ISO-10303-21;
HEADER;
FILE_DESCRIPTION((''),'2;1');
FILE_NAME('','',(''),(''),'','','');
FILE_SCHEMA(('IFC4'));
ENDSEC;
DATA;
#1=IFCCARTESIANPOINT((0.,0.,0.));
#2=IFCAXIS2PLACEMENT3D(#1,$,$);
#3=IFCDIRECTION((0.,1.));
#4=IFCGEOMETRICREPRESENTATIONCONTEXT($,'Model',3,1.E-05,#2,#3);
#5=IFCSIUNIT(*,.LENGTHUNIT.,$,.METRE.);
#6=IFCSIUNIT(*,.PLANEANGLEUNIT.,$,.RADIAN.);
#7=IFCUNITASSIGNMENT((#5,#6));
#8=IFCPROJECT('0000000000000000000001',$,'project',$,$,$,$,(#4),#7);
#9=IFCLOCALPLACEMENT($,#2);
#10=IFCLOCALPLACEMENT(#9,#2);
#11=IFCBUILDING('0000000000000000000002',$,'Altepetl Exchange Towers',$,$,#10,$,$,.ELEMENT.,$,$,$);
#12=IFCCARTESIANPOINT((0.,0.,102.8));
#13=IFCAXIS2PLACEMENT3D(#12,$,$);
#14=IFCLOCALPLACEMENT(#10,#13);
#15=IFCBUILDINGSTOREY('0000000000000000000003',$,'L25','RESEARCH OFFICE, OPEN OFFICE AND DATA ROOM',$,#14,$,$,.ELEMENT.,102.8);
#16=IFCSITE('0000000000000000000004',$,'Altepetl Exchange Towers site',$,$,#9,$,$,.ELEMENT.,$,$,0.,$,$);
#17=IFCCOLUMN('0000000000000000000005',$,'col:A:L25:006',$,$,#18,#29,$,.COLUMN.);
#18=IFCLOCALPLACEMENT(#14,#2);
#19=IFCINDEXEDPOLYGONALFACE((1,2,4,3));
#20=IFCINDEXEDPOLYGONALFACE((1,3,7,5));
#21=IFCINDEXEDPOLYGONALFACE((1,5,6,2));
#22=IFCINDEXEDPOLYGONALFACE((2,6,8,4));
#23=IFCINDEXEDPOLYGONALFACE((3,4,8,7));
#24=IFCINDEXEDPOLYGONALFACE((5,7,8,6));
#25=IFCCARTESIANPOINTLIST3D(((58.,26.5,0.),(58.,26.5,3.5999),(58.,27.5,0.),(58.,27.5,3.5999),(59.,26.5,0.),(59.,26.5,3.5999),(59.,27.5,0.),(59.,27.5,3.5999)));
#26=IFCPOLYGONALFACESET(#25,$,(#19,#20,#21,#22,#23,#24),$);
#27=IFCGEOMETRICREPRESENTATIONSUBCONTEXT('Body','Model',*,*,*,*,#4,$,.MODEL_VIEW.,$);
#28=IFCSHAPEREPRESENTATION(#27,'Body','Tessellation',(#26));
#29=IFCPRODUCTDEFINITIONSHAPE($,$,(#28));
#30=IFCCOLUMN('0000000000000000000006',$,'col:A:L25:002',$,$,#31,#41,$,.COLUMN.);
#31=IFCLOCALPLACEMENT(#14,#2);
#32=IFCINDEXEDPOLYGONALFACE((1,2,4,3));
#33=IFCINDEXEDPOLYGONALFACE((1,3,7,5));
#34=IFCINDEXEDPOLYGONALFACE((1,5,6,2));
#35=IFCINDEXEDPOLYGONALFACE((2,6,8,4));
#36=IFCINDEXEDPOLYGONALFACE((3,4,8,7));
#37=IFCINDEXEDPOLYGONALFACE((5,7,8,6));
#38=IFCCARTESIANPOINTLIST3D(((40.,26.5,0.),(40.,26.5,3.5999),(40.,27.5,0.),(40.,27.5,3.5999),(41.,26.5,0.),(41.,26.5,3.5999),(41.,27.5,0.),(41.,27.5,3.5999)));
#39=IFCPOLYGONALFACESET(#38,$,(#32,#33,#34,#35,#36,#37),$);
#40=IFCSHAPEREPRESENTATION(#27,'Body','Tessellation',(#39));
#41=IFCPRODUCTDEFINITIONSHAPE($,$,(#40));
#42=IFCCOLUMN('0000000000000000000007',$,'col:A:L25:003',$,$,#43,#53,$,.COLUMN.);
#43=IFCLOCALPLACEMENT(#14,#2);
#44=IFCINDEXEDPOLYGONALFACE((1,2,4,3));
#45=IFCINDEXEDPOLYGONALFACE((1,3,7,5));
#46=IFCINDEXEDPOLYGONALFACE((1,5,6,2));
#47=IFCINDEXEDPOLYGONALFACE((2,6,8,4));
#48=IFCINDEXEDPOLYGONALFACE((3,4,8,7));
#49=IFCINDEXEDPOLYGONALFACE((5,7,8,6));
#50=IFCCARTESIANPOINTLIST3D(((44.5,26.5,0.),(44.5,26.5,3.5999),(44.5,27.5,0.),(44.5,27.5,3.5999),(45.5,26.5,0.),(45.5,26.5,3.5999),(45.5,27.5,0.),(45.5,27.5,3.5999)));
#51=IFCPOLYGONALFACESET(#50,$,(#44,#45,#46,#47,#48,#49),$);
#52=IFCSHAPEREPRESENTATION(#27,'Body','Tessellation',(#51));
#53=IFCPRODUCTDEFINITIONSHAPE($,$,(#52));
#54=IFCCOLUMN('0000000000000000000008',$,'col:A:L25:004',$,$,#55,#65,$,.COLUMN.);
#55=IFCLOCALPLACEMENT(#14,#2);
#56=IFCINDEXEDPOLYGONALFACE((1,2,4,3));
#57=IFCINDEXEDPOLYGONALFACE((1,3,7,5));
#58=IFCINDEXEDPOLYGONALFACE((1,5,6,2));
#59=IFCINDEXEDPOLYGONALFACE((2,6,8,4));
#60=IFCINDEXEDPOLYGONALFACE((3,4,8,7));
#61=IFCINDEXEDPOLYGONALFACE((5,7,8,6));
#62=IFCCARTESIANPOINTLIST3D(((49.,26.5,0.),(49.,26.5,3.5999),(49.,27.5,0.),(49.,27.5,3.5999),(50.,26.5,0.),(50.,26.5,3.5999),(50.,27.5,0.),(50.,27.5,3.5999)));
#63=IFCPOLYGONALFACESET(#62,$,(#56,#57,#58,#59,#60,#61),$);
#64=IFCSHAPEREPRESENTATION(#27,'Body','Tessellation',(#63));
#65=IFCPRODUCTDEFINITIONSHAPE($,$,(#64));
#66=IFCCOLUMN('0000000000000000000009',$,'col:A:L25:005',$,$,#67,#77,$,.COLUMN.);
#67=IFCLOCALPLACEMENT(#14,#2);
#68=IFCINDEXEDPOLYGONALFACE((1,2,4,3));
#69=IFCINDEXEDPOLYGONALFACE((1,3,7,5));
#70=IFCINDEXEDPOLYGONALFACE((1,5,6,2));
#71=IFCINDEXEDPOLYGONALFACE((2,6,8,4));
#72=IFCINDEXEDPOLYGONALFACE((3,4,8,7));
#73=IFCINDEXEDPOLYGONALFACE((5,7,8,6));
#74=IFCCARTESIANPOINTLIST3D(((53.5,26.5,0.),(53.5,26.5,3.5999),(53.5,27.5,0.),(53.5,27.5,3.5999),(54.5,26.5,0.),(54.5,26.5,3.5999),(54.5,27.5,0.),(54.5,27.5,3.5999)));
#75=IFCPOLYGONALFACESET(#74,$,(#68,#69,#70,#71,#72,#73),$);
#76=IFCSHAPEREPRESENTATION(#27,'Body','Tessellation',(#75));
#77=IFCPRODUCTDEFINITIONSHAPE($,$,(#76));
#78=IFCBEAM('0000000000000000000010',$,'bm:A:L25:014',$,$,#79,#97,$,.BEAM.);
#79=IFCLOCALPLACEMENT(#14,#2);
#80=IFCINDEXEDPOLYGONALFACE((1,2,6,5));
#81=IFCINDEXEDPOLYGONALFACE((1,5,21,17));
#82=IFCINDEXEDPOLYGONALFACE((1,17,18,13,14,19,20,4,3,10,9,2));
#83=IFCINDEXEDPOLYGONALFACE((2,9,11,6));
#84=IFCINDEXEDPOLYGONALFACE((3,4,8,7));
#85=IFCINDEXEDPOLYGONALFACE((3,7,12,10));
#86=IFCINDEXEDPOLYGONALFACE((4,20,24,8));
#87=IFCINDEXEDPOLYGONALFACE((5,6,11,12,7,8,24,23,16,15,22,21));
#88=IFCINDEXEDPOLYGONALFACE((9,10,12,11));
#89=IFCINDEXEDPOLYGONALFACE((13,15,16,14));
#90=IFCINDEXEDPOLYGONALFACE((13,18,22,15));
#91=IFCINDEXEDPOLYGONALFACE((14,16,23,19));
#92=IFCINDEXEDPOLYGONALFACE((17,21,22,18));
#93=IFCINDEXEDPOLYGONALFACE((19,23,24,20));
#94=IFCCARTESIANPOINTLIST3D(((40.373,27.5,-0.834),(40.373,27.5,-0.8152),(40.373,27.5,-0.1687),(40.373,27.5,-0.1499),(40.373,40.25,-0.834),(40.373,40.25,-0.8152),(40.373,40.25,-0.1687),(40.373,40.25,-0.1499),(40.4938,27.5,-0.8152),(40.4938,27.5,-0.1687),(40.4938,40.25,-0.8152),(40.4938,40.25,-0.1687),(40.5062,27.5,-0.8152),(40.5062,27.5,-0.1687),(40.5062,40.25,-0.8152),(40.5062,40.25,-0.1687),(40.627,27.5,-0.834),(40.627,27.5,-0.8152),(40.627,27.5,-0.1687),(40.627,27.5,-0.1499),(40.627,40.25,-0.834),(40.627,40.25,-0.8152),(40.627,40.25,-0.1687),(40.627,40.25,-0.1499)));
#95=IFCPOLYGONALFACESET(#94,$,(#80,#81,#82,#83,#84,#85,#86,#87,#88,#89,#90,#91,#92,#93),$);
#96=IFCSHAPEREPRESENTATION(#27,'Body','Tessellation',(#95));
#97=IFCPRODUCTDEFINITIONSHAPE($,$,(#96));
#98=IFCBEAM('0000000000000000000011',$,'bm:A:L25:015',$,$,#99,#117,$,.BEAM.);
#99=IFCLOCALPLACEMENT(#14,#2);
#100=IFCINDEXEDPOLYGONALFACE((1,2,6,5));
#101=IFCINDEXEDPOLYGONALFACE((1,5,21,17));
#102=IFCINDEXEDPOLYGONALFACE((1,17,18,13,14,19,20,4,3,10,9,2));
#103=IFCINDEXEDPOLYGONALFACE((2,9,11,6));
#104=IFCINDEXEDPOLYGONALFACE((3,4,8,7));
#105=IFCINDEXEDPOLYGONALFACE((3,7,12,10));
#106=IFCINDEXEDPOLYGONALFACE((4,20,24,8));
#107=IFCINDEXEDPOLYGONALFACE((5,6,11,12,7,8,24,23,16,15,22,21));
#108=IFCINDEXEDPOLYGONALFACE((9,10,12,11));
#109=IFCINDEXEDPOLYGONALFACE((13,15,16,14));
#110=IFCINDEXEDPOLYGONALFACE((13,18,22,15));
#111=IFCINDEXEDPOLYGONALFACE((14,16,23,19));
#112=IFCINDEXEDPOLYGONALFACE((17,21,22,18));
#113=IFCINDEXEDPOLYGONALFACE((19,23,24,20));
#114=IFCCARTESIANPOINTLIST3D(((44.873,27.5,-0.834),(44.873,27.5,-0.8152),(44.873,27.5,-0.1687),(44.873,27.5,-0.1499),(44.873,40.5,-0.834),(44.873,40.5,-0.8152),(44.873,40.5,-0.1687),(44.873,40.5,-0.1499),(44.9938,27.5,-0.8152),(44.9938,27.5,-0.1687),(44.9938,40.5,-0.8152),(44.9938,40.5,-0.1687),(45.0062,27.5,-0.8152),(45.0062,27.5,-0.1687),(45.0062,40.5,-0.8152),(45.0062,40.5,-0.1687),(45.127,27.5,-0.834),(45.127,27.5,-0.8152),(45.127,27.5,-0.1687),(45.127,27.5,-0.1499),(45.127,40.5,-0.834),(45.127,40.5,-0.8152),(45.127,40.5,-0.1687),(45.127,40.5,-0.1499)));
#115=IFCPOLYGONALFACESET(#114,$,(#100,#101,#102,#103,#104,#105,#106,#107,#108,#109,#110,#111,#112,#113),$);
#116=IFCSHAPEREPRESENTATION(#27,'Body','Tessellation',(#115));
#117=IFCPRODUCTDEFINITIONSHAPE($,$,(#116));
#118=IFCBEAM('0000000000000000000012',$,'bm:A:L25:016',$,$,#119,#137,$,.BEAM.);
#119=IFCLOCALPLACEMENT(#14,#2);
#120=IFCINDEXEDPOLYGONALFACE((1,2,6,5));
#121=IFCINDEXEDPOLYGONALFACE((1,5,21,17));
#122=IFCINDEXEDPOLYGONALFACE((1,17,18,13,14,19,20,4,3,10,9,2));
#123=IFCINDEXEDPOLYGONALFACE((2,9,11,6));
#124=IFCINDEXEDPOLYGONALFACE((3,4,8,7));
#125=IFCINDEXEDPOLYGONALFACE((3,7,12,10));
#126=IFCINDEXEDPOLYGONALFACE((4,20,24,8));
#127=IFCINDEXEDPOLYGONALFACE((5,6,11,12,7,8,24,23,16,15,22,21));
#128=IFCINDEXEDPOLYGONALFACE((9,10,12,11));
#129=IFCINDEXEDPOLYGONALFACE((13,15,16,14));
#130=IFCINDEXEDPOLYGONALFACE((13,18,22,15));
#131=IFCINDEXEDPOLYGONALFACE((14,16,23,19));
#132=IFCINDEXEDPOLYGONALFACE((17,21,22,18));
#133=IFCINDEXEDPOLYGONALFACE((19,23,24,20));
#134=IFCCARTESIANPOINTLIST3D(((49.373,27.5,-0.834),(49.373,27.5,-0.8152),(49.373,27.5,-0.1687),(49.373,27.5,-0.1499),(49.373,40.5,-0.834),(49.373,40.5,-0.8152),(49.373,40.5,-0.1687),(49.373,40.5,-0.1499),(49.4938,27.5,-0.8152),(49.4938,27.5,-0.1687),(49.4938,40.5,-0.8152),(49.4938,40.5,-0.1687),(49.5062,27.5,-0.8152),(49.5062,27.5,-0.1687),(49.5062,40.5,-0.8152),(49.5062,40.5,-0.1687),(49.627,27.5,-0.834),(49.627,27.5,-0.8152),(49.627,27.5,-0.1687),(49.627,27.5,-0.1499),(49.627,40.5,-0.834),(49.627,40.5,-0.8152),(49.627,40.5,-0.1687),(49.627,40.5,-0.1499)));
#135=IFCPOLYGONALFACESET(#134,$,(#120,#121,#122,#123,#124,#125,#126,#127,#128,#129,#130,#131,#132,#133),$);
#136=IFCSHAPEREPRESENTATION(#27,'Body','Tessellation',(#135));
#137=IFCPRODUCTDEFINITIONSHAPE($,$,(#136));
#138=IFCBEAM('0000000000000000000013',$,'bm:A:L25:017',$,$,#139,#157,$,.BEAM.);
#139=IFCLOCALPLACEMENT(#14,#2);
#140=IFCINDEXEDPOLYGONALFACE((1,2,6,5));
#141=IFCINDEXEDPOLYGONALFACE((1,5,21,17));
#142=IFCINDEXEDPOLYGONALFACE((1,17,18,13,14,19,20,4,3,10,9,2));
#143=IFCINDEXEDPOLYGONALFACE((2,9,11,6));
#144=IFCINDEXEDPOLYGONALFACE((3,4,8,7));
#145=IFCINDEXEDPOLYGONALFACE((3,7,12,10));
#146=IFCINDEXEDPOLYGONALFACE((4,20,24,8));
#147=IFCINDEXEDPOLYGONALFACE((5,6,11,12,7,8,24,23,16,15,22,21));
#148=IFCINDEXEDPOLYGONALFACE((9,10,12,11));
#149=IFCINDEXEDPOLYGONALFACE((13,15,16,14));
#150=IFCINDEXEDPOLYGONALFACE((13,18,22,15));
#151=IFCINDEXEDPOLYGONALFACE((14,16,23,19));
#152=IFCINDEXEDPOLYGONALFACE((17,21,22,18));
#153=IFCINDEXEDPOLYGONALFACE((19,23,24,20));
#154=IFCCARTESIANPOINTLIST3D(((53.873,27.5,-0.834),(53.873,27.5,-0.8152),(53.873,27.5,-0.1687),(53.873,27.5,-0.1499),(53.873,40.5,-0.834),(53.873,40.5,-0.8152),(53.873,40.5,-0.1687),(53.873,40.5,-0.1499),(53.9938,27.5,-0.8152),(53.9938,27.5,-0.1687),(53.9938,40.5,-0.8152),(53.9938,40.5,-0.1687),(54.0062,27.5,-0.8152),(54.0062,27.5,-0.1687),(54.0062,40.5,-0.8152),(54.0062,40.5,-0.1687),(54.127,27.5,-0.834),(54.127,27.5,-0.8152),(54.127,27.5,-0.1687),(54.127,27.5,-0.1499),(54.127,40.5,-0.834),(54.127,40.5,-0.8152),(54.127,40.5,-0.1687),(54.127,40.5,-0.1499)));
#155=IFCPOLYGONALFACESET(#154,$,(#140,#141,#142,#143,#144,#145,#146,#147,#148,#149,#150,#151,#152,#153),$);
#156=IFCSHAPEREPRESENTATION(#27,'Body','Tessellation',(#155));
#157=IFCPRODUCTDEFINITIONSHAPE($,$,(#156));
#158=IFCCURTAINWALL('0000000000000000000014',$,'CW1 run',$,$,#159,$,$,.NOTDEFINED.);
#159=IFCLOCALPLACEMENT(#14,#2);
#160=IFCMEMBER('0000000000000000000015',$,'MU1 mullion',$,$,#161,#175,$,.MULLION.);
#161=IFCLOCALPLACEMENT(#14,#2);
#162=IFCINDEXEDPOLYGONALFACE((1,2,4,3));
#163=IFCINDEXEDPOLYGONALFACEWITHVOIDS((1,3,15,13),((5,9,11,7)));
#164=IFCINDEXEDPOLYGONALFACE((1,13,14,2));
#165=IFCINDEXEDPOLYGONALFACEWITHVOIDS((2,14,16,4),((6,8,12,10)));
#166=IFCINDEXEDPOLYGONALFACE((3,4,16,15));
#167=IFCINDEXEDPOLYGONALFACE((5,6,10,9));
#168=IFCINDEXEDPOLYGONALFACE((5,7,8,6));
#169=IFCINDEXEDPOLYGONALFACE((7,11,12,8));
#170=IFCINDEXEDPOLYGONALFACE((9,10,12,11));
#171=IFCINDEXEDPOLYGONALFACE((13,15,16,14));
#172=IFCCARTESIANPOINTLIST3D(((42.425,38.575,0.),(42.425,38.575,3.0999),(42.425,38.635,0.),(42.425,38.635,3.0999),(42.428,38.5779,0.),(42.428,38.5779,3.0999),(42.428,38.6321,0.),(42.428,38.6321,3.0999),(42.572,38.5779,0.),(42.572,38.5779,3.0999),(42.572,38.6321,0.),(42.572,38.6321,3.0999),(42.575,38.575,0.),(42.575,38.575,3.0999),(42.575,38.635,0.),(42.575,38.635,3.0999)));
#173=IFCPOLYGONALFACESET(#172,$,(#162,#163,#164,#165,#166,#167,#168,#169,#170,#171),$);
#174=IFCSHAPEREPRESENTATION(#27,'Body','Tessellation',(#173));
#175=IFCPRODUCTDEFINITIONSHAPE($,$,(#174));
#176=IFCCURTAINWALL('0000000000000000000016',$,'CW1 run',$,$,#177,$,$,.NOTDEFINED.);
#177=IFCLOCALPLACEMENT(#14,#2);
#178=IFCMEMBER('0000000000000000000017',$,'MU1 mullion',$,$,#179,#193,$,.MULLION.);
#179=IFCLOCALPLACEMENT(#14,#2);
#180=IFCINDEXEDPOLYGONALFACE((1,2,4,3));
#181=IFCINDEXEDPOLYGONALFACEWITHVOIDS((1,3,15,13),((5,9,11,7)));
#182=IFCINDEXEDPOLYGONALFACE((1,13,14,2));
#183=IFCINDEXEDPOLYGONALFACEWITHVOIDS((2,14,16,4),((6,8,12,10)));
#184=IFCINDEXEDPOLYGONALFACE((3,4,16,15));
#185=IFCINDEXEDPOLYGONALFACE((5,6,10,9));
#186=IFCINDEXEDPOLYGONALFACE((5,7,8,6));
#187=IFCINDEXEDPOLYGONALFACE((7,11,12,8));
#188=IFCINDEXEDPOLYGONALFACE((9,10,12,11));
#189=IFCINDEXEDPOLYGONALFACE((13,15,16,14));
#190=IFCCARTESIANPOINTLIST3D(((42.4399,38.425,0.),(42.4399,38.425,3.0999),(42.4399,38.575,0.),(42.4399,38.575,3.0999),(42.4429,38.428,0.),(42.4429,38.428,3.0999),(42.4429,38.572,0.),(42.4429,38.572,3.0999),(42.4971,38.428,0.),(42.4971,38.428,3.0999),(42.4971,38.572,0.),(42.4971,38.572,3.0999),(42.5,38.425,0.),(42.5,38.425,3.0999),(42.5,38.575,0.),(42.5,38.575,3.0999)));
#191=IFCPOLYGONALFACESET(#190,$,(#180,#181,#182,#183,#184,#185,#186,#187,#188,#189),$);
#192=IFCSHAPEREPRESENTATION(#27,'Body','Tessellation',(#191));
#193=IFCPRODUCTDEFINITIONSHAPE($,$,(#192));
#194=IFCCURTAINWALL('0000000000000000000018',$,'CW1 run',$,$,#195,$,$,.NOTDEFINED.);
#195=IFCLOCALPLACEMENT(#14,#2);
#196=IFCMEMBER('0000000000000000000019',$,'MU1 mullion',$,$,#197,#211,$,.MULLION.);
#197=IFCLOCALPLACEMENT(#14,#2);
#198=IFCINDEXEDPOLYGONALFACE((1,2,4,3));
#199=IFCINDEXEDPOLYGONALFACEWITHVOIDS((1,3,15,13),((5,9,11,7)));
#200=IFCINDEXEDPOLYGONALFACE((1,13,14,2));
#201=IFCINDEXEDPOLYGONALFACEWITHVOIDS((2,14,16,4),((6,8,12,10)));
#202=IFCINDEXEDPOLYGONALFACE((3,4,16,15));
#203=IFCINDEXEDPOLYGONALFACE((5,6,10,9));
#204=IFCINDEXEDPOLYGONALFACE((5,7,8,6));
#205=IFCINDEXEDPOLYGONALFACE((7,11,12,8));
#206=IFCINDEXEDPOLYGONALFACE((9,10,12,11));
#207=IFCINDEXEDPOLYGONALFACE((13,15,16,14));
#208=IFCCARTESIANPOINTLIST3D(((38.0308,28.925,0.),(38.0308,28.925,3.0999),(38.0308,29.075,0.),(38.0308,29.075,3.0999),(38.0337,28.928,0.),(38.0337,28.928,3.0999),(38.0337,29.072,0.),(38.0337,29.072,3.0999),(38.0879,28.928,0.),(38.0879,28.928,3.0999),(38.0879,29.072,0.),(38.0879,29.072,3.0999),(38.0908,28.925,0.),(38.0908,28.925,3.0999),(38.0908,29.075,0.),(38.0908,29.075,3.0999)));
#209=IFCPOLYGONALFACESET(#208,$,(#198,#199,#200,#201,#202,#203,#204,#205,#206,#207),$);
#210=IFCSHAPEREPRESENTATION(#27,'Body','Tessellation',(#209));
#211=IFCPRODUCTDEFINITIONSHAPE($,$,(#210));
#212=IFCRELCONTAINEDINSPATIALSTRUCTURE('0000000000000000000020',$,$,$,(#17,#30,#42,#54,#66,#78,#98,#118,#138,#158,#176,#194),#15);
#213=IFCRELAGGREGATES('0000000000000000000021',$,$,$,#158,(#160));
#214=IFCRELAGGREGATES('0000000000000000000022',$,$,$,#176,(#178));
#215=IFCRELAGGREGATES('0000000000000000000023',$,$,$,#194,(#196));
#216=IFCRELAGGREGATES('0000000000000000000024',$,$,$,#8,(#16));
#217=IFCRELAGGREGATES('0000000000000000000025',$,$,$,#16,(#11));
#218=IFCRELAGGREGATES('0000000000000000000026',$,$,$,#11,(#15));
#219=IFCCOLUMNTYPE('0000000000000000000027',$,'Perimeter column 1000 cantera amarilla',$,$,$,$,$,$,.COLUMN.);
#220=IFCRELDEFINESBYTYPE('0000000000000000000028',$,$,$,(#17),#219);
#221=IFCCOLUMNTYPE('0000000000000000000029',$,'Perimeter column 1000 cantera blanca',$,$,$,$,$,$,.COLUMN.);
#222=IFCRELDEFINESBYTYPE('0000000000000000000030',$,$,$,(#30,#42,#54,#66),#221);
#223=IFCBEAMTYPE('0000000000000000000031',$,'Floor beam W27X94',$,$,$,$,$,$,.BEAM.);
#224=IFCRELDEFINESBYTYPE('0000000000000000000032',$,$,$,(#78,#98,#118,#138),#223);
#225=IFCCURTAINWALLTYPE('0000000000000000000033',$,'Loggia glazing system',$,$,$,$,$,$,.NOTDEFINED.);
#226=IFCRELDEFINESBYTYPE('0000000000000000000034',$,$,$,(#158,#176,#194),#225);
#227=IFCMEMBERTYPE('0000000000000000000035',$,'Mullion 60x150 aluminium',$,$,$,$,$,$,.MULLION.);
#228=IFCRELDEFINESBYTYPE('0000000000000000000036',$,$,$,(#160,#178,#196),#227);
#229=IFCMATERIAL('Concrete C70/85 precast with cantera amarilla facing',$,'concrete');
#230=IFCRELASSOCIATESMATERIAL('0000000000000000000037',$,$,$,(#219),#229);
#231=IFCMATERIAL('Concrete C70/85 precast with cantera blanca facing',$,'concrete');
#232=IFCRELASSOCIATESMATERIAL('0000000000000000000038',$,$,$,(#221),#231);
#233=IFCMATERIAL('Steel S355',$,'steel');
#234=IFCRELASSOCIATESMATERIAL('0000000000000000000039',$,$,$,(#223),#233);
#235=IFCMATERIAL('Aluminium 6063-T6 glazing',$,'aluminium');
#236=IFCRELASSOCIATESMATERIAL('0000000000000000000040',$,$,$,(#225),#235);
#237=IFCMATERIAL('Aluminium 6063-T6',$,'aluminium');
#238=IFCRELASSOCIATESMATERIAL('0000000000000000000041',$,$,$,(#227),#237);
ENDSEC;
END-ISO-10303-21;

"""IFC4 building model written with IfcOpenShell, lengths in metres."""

from ifc_helpers import new_model, si_unit, direction, frame, origin, origin_2d, place, context, subcontext, project, spatial, rectangle, hollow_rectangle, i_section, extrude, material, material_profile, profile_set, type_object, element, aggregate, save


model = new_model("IFC4")

# Units and contexts
model_context = context("Model", 3, precision=1e-05, world=origin(), true_north=direction((0.0, 1.0)))
body_context = subcontext(model_context, "Body", "Model", "MODEL_VIEW")
ifc_project = project(units=[si_unit("LENGTHUNIT", "METRE"), si_unit("PLANEANGLEUNIT", "RADIAN")], contexts=[model_context])

# Site, building, storey
site_placement = place(None, origin())
site = spatial("IfcSite", under=ifc_project, at=site_placement, Name="Altepetl Exchange Towers site", CompositionType="ELEMENT", RefElevation=0.0)
building_placement = place(site_placement, origin())
building = spatial("IfcBuilding", under=site, at=building_placement, Name="Altepetl Exchange Towers", CompositionType="ELEMENT")
storey_placement = place(building_placement, frame((0.0, 0.0, 102.8)))
storey = spatial("IfcBuildingStorey", under=building, at=storey_placement, Name="L25", Description="RESEARCH OFFICE, OPEN OFFICE AND DATA ROOM", CompositionType="ELEMENT", Elevation=102.8)

# Columns
ifc_material_1 = material(Name="Concrete C70/85 precast with cantera amarilla facing", Category="concrete")
ifc_material_profile_1 = material_profile(ifc_material_1, rectangle(XDim=1.0, YDim=1.0, at=origin_2d()), Name="1000 x 1000")
ifc_profile_set_1 = profile_set([ifc_material_profile_1], Name="Concrete C70/85 precast with cantera amarilla facing")
column_type_1 = type_object("IfcColumnType", Name="Perimeter column 1000 cantera amarilla", PredefinedType="COLUMN", material=ifc_profile_set_1)
column_placement = place(storey_placement, frame((58.5, 27.0, 0.0)))
element("IfcColumn", 1, at=column_placement, inside=storey, type_object=column_type_1, Name="col:A:L25:006", PredefinedType="COLUMN", context=body_context, shape_type="SweptSolid", body=[
    extrude(rectangle(XDim=1.0, YDim=1.0, at=origin_2d()), origin(), (0.0, 0.0, 1.0), 3.5999),
])
ifc_material_2 = material(Name="Concrete C70/85 precast with cantera blanca facing", Category="concrete")
ifc_material_profile_2 = material_profile(ifc_material_2, rectangle(XDim=1.0, YDim=1.0, at=origin_2d()), Name="1000 x 1000")
ifc_profile_set_2 = profile_set([ifc_material_profile_2], Name="Concrete C70/85 precast with cantera blanca facing")
column_type_2 = type_object("IfcColumnType", Name="Perimeter column 1000 cantera blanca", PredefinedType="COLUMN", material=ifc_profile_set_2)
for number, where, name in (
    (2, (40.5, 27.0, 0.0), "col:A:L25:002"),
    (3, (45.0, 27.0, 0.0), "col:A:L25:003"),
    (4, (49.5, 27.0, 0.0), "col:A:L25:004"),
    (5, (54.0, 27.0, 0.0), "col:A:L25:005"),
):
    element("IfcColumn", number, at=place(storey_placement, frame(where)), inside=storey, type_object=column_type_2, Name=name, PredefinedType="COLUMN", context=body_context, shape_type="SweptSolid", body=[
        extrude(rectangle(XDim=1.0, YDim=1.0, at=origin_2d()), origin(), (0.0, 0.0, 1.0), 3.5999),
    ])

# Beams
ifc_material_3 = material(Name="Steel S355", Category="steel")
ifc_material_profile_3 = material_profile(ifc_material_3, i_section(OverallWidth=0.2539, OverallDepth=0.6841, WebThickness=0.0125, FlangeThickness=0.0188, at=origin_2d()), Name="W27X94")
ifc_profile_set_3 = profile_set([ifc_material_profile_3], Name="Steel S355")
beam_type_1 = type_object("IfcBeamType", Name="Floor beam W27X94", PredefinedType="BEAM", material=ifc_profile_set_3)
beam_placement = place(storey_placement, frame((40.5, 27.5, -0.4919), z_axis=(0.0, 1.0, 0.0), x_axis=(-1.0, 0.0, 0.0)))
element("IfcBeam", 6, at=beam_placement, inside=storey, type_object=beam_type_1, Name="bm:A:L25:014", PredefinedType="BEAM", context=body_context, shape_type="SweptSolid", body=[
    extrude(i_section(OverallWidth=0.2539, OverallDepth=0.6841, WebThickness=0.0125, FlangeThickness=0.0188, at=origin_2d()), origin(), (0.0, 0.0, 1.0), 12.75),
])
for number, where, z_axis, x_axis, name in (
    (7, (45.0, 27.5, -0.4919), (0.0, 1.0, 0.0), (-1.0, 0.0, 0.0), "bm:A:L25:015"),
    (8, (49.5, 27.5, -0.4919), (0.0, 1.0, 0.0), (-1.0, 0.0, 0.0), "bm:A:L25:016"),
    (9, (54.0, 27.5, -0.4919), (0.0, 1.0, 0.0), (-1.0, 0.0, 0.0), "bm:A:L25:017"),
):
    element("IfcBeam", number, at=place(storey_placement, frame(where, z_axis=z_axis, x_axis=x_axis)), inside=storey, type_object=beam_type_1, Name=name, PredefinedType="BEAM", context=body_context, shape_type="SweptSolid", body=[
        extrude(i_section(OverallWidth=0.2539, OverallDepth=0.6841, WebThickness=0.0125, FlangeThickness=0.0188, at=origin_2d()), origin(), (0.0, 0.0, 1.0), 13.0),
    ])

# Curtain walls, members
ifc_material_4 = material(Name="Aluminium 6063-T6 glazing", Category="aluminium")
curtain_wall_type = type_object("IfcCurtainWallType", Name="Loggia glazing system", PredefinedType="NOTDEFINED", material=ifc_material_4)
curtain_wall_1_placement = place(storey_placement, origin())
curtain_wall_1 = element("IfcCurtainWall", 10, at=curtain_wall_1_placement, inside=storey, type_object=curtain_wall_type, Name="CW1 run", PredefinedType="NOTDEFINED")
ifc_material_5 = material(Name="Aluminium 6063-T6", Category="aluminium")
ifc_material_profile_4 = material_profile(ifc_material_5, hollow_rectangle(XDim=0.0601, YDim=0.1499, WallThickness=0.0029, at=origin_2d()), Name="Mullion 60x150 aluminium")
ifc_profile_set_4 = profile_set([ifc_material_profile_4], Name="Aluminium 6063-T6")
member_type = type_object("IfcMemberType", Name="Mullion 60x150 aluminium", PredefinedType="MULLION", material=ifc_profile_set_4)
member_1_placement = place(storey_placement, frame((42.5, 38.605, 0.0), z_axis=(0.0, 0.0, 1.0), x_axis=(0.0, -1.0, 0.0)))
member_1 = element("IfcMember", 11, at=member_1_placement, type_object=member_type, Name="MU1 mullion", PredefinedType="MULLION", context=body_context, shape_type="SweptSolid", body=[
    extrude(hollow_rectangle(XDim=0.0601, YDim=0.1499, WallThickness=0.0029, at=origin_2d()), origin(), (0.0, 0.0, 1.0), 3.0999),
])
curtain_wall_2_placement = place(storey_placement, origin())
curtain_wall_2 = element("IfcCurtainWall", 12, at=curtain_wall_2_placement, inside=storey, type_object=curtain_wall_type, Name="CW1 run", PredefinedType="NOTDEFINED")
member_2_placement = place(storey_placement, frame((42.47, 38.5, 0.0), z_axis=(0.0, 0.0, 1.0), x_axis=(-1.0, 0.0, 0.0)))
member_2 = element("IfcMember", 13, at=member_2_placement, type_object=member_type, Name="MU1 mullion", PredefinedType="MULLION", context=body_context, shape_type="SweptSolid", body=[
    extrude(hollow_rectangle(XDim=0.0601, YDim=0.1499, WallThickness=0.0029, at=origin_2d()), origin(), (0.0, 0.0, 1.0), 3.0999),
])

# Curtain wall, member
curtain_wall_3_placement = place(storey_placement, origin())
curtain_wall_3 = element("IfcCurtainWall", 14, at=curtain_wall_3_placement, inside=storey, type_object=curtain_wall_type, Name="CW1 run", PredefinedType="NOTDEFINED")
member_3_placement = place(storey_placement, frame((38.0608, 29.0, 0.0)))
member_3 = element("IfcMember", 15, at=member_3_placement, type_object=member_type, Name="MU1 mullion", PredefinedType="MULLION", context=body_context, shape_type="SweptSolid", body=[
    extrude(hollow_rectangle(XDim=0.0601, YDim=0.1499, WallThickness=0.0029, at=origin_2d()), origin(), (0.0, 0.0, 1.0), 3.0999),
])

aggregate(curtain_wall_1, [member_1])
aggregate(curtain_wall_2, [member_2])
aggregate(curtain_wall_3, [member_3])

save(model, "model.ifc")
